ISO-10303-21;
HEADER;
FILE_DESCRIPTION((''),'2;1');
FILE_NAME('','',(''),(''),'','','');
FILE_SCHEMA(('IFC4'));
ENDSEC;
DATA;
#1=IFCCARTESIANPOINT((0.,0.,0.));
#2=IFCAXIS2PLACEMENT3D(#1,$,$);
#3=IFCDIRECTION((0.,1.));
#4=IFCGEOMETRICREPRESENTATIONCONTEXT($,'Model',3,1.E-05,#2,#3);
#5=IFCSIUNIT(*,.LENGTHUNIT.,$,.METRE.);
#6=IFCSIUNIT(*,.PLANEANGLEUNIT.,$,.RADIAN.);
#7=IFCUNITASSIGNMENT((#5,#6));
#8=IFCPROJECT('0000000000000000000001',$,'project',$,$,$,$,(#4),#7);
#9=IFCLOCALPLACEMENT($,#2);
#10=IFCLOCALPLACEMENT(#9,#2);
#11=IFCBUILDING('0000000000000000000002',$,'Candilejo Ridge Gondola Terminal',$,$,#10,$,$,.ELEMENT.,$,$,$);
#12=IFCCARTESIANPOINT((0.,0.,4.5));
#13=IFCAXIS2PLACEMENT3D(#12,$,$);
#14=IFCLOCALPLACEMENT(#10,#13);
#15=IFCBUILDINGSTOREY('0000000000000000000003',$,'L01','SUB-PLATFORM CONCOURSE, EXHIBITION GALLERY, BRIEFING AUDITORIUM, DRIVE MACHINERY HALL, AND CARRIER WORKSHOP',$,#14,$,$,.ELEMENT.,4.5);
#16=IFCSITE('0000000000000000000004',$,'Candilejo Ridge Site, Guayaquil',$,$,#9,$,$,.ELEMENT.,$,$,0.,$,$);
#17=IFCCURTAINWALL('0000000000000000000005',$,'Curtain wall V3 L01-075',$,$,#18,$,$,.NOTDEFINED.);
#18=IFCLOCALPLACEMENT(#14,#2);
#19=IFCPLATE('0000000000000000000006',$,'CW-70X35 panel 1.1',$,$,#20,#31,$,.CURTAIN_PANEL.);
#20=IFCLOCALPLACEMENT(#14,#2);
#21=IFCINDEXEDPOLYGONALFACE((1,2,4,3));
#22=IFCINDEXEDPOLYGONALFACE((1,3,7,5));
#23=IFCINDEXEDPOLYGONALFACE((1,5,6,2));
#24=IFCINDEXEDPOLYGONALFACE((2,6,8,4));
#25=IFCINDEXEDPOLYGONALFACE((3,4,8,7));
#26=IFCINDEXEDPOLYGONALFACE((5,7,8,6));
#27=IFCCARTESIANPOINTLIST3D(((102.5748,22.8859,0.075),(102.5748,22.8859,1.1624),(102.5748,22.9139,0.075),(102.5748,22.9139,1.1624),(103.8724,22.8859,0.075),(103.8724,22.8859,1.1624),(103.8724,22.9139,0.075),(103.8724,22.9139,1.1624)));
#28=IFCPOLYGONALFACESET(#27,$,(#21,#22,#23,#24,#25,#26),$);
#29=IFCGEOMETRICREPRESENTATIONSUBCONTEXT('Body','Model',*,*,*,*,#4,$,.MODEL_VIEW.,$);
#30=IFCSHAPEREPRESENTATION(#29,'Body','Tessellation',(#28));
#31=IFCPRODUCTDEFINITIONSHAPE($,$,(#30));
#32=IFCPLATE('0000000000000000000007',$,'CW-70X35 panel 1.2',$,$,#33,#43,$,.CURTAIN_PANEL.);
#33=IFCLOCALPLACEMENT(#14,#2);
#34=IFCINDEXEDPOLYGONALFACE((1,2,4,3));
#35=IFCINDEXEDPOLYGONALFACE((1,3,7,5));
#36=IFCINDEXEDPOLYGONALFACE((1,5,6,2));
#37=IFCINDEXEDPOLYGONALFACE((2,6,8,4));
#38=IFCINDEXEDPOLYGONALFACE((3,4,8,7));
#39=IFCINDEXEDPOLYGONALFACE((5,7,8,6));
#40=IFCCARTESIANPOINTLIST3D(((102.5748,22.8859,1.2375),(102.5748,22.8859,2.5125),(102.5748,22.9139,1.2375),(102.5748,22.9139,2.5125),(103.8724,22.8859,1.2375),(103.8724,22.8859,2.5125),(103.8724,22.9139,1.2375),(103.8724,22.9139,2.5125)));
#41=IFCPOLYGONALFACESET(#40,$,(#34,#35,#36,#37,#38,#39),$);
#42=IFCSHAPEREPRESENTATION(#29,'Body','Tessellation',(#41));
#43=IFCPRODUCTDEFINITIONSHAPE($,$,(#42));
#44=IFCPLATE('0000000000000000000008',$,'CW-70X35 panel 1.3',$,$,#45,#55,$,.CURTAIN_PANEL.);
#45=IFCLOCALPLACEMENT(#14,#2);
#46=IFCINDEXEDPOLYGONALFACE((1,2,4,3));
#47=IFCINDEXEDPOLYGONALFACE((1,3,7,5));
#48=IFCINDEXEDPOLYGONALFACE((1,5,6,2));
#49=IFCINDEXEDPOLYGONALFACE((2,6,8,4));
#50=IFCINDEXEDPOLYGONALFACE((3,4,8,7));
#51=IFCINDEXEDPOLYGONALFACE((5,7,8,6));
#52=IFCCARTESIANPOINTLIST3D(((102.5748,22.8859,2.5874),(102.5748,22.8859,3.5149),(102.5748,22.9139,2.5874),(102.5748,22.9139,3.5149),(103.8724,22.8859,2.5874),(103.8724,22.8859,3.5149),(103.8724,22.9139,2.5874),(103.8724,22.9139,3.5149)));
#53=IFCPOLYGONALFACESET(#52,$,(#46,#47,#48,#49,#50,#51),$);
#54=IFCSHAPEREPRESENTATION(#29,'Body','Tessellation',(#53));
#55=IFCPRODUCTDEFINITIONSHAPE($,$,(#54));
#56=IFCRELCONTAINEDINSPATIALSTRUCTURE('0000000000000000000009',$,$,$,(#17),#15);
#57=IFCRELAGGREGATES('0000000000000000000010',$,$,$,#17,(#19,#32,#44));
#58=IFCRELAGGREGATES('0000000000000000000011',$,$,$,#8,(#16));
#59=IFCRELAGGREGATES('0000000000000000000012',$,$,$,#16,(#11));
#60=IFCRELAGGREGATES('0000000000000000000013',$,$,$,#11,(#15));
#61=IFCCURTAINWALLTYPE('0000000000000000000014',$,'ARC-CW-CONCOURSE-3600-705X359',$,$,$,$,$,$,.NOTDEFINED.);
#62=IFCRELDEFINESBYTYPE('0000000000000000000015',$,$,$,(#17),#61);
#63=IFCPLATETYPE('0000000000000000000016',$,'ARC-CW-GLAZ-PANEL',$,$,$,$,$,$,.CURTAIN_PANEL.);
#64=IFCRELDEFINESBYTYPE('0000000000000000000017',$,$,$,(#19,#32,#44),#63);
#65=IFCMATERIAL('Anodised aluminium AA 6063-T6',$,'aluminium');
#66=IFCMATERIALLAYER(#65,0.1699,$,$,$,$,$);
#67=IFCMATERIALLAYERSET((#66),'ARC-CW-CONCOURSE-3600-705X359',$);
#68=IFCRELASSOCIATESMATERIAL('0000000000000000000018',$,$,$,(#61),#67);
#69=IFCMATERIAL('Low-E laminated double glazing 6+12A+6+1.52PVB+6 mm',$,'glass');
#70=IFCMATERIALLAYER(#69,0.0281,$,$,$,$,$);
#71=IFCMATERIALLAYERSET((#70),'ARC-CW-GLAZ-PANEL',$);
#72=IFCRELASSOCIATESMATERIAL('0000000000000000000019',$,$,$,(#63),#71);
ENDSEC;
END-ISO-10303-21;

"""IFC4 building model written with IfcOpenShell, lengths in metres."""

from ifc_helpers import new_model, si_unit, direction, frame, origin, origin_2d, place, context, subcontext, project, spatial, rectangle, extrude, material, layer, layer_set, type_object, element, aggregate, save


model = new_model("IFC4")

# Units and contexts
model_context = context("Model", 3, precision=1e-05, world=origin(), true_north=direction((0.0, 1.0)))
body_context = subcontext(model_context, "Body", "Model", "MODEL_VIEW")
ifc_project = project(units=[si_unit("LENGTHUNIT", "METRE"), si_unit("PLANEANGLEUNIT", "RADIAN")], contexts=[model_context])

# Site, building, storey
site_placement = place(None, origin())
site = spatial("IfcSite", under=ifc_project, at=site_placement, Name="Candilejo Ridge Site, Guayaquil", CompositionType="ELEMENT", RefElevation=0.0)
building_placement = place(site_placement, origin())
building = spatial("IfcBuilding", under=site, at=building_placement, Name="Candilejo Ridge Gondola Terminal", CompositionType="ELEMENT")
storey_placement = place(building_placement, frame((0.0, 0.0, 4.5)))
storey = spatial("IfcBuildingStorey", under=building, at=storey_placement, Name="L01", Description="SUB-PLATFORM CONCOURSE, EXHIBITION GALLERY, BRIEFING AUDITORIUM, DRIVE MACHINERY HALL, AND CARRIER WORKSHOP", CompositionType="ELEMENT", Elevation=4.5)

# Curtain wall
ifc_material_1 = material(Name="Anodised aluminium AA 6063-T6", Category="aluminium")
ifc_layer_1 = layer(ifc_material_1, 0.1699)
ifc_layer_set_1 = layer_set([ifc_layer_1], Name="ARC-CW-CONCOURSE-3600-705X359")
curtain_wall_type_1 = type_object("IfcCurtainWallType", Name="ARC-CW-CONCOURSE-3600-705X359", PredefinedType="NOTDEFINED", material=ifc_layer_set_1)
curtain_wall_1_placement = place(storey_placement, origin())
curtain_wall_1 = element("IfcCurtainWall", 1, at=curtain_wall_1_placement, inside=storey, type_object=curtain_wall_type_1, Name="Curtain wall V3 L01-075", PredefinedType="NOTDEFINED")

# Plates
ifc_material_2 = material(Name="Low-E laminated double glazing 6+12A+6+1.52PVB+6 mm", Category="glass")
ifc_layer_2 = layer(ifc_material_2, 0.0281)
ifc_layer_set_2 = layer_set([ifc_layer_2], Name="ARC-CW-GLAZ-PANEL")
plate_type = type_object("IfcPlateType", Name="ARC-CW-GLAZ-PANEL", PredefinedType="CURTAIN_PANEL", material=ifc_layer_set_2)
plate_1_placement = place(storey_placement, frame((103.2236, 22.8999, 0.075), z_axis=(0.0, 0.0, 1.0), x_axis=(1.0, 0.0, 0.0)))
plate_1 = element("IfcPlate", 2, at=plate_1_placement, type_object=plate_type, Name="CW-70X35 panel 1.1", PredefinedType="CURTAIN_PANEL", context=body_context, shape_type="SweptSolid", body=[
    extrude(rectangle(XDim=1.2976, YDim=0.0281, at=origin_2d()), origin(), (0.0, 0.0, 1.0), 1.0874),
])
plate_2_placement = place(storey_placement, frame((103.2236, 22.8999, 1.2375), z_axis=(0.0, 0.0, 1.0), x_axis=(1.0, 0.0, 0.0)))
plate_2 = element("IfcPlate", 3, at=plate_2_placement, type_object=plate_type, Name="CW-70X35 panel 1.2", PredefinedType="CURTAIN_PANEL", context=body_context, shape_type="SweptSolid", body=[
    extrude(rectangle(XDim=1.2976, YDim=0.0281, at=origin_2d()), origin(), (0.0, 0.0, 1.0), 1.2749),
])
plate_3_placement = place(storey_placement, frame((103.2236, 22.8999, 2.5874), z_axis=(0.0, 0.0, 1.0), x_axis=(1.0, 0.0, 0.0)))
plate_3 = element("IfcPlate", 4, at=plate_3_placement, type_object=plate_type, Name="CW-70X35 panel 1.3", PredefinedType="CURTAIN_PANEL", context=body_context, shape_type="SweptSolid", body=[
    extrude(rectangle(XDim=1.2976, YDim=0.0281, at=origin_2d()), origin(), (0.0, 0.0, 1.0), 0.9275),
])
aggregate(curtain_wall_1, [plate_1, plate_2, plate_3])

save(model, "model.ifc")
